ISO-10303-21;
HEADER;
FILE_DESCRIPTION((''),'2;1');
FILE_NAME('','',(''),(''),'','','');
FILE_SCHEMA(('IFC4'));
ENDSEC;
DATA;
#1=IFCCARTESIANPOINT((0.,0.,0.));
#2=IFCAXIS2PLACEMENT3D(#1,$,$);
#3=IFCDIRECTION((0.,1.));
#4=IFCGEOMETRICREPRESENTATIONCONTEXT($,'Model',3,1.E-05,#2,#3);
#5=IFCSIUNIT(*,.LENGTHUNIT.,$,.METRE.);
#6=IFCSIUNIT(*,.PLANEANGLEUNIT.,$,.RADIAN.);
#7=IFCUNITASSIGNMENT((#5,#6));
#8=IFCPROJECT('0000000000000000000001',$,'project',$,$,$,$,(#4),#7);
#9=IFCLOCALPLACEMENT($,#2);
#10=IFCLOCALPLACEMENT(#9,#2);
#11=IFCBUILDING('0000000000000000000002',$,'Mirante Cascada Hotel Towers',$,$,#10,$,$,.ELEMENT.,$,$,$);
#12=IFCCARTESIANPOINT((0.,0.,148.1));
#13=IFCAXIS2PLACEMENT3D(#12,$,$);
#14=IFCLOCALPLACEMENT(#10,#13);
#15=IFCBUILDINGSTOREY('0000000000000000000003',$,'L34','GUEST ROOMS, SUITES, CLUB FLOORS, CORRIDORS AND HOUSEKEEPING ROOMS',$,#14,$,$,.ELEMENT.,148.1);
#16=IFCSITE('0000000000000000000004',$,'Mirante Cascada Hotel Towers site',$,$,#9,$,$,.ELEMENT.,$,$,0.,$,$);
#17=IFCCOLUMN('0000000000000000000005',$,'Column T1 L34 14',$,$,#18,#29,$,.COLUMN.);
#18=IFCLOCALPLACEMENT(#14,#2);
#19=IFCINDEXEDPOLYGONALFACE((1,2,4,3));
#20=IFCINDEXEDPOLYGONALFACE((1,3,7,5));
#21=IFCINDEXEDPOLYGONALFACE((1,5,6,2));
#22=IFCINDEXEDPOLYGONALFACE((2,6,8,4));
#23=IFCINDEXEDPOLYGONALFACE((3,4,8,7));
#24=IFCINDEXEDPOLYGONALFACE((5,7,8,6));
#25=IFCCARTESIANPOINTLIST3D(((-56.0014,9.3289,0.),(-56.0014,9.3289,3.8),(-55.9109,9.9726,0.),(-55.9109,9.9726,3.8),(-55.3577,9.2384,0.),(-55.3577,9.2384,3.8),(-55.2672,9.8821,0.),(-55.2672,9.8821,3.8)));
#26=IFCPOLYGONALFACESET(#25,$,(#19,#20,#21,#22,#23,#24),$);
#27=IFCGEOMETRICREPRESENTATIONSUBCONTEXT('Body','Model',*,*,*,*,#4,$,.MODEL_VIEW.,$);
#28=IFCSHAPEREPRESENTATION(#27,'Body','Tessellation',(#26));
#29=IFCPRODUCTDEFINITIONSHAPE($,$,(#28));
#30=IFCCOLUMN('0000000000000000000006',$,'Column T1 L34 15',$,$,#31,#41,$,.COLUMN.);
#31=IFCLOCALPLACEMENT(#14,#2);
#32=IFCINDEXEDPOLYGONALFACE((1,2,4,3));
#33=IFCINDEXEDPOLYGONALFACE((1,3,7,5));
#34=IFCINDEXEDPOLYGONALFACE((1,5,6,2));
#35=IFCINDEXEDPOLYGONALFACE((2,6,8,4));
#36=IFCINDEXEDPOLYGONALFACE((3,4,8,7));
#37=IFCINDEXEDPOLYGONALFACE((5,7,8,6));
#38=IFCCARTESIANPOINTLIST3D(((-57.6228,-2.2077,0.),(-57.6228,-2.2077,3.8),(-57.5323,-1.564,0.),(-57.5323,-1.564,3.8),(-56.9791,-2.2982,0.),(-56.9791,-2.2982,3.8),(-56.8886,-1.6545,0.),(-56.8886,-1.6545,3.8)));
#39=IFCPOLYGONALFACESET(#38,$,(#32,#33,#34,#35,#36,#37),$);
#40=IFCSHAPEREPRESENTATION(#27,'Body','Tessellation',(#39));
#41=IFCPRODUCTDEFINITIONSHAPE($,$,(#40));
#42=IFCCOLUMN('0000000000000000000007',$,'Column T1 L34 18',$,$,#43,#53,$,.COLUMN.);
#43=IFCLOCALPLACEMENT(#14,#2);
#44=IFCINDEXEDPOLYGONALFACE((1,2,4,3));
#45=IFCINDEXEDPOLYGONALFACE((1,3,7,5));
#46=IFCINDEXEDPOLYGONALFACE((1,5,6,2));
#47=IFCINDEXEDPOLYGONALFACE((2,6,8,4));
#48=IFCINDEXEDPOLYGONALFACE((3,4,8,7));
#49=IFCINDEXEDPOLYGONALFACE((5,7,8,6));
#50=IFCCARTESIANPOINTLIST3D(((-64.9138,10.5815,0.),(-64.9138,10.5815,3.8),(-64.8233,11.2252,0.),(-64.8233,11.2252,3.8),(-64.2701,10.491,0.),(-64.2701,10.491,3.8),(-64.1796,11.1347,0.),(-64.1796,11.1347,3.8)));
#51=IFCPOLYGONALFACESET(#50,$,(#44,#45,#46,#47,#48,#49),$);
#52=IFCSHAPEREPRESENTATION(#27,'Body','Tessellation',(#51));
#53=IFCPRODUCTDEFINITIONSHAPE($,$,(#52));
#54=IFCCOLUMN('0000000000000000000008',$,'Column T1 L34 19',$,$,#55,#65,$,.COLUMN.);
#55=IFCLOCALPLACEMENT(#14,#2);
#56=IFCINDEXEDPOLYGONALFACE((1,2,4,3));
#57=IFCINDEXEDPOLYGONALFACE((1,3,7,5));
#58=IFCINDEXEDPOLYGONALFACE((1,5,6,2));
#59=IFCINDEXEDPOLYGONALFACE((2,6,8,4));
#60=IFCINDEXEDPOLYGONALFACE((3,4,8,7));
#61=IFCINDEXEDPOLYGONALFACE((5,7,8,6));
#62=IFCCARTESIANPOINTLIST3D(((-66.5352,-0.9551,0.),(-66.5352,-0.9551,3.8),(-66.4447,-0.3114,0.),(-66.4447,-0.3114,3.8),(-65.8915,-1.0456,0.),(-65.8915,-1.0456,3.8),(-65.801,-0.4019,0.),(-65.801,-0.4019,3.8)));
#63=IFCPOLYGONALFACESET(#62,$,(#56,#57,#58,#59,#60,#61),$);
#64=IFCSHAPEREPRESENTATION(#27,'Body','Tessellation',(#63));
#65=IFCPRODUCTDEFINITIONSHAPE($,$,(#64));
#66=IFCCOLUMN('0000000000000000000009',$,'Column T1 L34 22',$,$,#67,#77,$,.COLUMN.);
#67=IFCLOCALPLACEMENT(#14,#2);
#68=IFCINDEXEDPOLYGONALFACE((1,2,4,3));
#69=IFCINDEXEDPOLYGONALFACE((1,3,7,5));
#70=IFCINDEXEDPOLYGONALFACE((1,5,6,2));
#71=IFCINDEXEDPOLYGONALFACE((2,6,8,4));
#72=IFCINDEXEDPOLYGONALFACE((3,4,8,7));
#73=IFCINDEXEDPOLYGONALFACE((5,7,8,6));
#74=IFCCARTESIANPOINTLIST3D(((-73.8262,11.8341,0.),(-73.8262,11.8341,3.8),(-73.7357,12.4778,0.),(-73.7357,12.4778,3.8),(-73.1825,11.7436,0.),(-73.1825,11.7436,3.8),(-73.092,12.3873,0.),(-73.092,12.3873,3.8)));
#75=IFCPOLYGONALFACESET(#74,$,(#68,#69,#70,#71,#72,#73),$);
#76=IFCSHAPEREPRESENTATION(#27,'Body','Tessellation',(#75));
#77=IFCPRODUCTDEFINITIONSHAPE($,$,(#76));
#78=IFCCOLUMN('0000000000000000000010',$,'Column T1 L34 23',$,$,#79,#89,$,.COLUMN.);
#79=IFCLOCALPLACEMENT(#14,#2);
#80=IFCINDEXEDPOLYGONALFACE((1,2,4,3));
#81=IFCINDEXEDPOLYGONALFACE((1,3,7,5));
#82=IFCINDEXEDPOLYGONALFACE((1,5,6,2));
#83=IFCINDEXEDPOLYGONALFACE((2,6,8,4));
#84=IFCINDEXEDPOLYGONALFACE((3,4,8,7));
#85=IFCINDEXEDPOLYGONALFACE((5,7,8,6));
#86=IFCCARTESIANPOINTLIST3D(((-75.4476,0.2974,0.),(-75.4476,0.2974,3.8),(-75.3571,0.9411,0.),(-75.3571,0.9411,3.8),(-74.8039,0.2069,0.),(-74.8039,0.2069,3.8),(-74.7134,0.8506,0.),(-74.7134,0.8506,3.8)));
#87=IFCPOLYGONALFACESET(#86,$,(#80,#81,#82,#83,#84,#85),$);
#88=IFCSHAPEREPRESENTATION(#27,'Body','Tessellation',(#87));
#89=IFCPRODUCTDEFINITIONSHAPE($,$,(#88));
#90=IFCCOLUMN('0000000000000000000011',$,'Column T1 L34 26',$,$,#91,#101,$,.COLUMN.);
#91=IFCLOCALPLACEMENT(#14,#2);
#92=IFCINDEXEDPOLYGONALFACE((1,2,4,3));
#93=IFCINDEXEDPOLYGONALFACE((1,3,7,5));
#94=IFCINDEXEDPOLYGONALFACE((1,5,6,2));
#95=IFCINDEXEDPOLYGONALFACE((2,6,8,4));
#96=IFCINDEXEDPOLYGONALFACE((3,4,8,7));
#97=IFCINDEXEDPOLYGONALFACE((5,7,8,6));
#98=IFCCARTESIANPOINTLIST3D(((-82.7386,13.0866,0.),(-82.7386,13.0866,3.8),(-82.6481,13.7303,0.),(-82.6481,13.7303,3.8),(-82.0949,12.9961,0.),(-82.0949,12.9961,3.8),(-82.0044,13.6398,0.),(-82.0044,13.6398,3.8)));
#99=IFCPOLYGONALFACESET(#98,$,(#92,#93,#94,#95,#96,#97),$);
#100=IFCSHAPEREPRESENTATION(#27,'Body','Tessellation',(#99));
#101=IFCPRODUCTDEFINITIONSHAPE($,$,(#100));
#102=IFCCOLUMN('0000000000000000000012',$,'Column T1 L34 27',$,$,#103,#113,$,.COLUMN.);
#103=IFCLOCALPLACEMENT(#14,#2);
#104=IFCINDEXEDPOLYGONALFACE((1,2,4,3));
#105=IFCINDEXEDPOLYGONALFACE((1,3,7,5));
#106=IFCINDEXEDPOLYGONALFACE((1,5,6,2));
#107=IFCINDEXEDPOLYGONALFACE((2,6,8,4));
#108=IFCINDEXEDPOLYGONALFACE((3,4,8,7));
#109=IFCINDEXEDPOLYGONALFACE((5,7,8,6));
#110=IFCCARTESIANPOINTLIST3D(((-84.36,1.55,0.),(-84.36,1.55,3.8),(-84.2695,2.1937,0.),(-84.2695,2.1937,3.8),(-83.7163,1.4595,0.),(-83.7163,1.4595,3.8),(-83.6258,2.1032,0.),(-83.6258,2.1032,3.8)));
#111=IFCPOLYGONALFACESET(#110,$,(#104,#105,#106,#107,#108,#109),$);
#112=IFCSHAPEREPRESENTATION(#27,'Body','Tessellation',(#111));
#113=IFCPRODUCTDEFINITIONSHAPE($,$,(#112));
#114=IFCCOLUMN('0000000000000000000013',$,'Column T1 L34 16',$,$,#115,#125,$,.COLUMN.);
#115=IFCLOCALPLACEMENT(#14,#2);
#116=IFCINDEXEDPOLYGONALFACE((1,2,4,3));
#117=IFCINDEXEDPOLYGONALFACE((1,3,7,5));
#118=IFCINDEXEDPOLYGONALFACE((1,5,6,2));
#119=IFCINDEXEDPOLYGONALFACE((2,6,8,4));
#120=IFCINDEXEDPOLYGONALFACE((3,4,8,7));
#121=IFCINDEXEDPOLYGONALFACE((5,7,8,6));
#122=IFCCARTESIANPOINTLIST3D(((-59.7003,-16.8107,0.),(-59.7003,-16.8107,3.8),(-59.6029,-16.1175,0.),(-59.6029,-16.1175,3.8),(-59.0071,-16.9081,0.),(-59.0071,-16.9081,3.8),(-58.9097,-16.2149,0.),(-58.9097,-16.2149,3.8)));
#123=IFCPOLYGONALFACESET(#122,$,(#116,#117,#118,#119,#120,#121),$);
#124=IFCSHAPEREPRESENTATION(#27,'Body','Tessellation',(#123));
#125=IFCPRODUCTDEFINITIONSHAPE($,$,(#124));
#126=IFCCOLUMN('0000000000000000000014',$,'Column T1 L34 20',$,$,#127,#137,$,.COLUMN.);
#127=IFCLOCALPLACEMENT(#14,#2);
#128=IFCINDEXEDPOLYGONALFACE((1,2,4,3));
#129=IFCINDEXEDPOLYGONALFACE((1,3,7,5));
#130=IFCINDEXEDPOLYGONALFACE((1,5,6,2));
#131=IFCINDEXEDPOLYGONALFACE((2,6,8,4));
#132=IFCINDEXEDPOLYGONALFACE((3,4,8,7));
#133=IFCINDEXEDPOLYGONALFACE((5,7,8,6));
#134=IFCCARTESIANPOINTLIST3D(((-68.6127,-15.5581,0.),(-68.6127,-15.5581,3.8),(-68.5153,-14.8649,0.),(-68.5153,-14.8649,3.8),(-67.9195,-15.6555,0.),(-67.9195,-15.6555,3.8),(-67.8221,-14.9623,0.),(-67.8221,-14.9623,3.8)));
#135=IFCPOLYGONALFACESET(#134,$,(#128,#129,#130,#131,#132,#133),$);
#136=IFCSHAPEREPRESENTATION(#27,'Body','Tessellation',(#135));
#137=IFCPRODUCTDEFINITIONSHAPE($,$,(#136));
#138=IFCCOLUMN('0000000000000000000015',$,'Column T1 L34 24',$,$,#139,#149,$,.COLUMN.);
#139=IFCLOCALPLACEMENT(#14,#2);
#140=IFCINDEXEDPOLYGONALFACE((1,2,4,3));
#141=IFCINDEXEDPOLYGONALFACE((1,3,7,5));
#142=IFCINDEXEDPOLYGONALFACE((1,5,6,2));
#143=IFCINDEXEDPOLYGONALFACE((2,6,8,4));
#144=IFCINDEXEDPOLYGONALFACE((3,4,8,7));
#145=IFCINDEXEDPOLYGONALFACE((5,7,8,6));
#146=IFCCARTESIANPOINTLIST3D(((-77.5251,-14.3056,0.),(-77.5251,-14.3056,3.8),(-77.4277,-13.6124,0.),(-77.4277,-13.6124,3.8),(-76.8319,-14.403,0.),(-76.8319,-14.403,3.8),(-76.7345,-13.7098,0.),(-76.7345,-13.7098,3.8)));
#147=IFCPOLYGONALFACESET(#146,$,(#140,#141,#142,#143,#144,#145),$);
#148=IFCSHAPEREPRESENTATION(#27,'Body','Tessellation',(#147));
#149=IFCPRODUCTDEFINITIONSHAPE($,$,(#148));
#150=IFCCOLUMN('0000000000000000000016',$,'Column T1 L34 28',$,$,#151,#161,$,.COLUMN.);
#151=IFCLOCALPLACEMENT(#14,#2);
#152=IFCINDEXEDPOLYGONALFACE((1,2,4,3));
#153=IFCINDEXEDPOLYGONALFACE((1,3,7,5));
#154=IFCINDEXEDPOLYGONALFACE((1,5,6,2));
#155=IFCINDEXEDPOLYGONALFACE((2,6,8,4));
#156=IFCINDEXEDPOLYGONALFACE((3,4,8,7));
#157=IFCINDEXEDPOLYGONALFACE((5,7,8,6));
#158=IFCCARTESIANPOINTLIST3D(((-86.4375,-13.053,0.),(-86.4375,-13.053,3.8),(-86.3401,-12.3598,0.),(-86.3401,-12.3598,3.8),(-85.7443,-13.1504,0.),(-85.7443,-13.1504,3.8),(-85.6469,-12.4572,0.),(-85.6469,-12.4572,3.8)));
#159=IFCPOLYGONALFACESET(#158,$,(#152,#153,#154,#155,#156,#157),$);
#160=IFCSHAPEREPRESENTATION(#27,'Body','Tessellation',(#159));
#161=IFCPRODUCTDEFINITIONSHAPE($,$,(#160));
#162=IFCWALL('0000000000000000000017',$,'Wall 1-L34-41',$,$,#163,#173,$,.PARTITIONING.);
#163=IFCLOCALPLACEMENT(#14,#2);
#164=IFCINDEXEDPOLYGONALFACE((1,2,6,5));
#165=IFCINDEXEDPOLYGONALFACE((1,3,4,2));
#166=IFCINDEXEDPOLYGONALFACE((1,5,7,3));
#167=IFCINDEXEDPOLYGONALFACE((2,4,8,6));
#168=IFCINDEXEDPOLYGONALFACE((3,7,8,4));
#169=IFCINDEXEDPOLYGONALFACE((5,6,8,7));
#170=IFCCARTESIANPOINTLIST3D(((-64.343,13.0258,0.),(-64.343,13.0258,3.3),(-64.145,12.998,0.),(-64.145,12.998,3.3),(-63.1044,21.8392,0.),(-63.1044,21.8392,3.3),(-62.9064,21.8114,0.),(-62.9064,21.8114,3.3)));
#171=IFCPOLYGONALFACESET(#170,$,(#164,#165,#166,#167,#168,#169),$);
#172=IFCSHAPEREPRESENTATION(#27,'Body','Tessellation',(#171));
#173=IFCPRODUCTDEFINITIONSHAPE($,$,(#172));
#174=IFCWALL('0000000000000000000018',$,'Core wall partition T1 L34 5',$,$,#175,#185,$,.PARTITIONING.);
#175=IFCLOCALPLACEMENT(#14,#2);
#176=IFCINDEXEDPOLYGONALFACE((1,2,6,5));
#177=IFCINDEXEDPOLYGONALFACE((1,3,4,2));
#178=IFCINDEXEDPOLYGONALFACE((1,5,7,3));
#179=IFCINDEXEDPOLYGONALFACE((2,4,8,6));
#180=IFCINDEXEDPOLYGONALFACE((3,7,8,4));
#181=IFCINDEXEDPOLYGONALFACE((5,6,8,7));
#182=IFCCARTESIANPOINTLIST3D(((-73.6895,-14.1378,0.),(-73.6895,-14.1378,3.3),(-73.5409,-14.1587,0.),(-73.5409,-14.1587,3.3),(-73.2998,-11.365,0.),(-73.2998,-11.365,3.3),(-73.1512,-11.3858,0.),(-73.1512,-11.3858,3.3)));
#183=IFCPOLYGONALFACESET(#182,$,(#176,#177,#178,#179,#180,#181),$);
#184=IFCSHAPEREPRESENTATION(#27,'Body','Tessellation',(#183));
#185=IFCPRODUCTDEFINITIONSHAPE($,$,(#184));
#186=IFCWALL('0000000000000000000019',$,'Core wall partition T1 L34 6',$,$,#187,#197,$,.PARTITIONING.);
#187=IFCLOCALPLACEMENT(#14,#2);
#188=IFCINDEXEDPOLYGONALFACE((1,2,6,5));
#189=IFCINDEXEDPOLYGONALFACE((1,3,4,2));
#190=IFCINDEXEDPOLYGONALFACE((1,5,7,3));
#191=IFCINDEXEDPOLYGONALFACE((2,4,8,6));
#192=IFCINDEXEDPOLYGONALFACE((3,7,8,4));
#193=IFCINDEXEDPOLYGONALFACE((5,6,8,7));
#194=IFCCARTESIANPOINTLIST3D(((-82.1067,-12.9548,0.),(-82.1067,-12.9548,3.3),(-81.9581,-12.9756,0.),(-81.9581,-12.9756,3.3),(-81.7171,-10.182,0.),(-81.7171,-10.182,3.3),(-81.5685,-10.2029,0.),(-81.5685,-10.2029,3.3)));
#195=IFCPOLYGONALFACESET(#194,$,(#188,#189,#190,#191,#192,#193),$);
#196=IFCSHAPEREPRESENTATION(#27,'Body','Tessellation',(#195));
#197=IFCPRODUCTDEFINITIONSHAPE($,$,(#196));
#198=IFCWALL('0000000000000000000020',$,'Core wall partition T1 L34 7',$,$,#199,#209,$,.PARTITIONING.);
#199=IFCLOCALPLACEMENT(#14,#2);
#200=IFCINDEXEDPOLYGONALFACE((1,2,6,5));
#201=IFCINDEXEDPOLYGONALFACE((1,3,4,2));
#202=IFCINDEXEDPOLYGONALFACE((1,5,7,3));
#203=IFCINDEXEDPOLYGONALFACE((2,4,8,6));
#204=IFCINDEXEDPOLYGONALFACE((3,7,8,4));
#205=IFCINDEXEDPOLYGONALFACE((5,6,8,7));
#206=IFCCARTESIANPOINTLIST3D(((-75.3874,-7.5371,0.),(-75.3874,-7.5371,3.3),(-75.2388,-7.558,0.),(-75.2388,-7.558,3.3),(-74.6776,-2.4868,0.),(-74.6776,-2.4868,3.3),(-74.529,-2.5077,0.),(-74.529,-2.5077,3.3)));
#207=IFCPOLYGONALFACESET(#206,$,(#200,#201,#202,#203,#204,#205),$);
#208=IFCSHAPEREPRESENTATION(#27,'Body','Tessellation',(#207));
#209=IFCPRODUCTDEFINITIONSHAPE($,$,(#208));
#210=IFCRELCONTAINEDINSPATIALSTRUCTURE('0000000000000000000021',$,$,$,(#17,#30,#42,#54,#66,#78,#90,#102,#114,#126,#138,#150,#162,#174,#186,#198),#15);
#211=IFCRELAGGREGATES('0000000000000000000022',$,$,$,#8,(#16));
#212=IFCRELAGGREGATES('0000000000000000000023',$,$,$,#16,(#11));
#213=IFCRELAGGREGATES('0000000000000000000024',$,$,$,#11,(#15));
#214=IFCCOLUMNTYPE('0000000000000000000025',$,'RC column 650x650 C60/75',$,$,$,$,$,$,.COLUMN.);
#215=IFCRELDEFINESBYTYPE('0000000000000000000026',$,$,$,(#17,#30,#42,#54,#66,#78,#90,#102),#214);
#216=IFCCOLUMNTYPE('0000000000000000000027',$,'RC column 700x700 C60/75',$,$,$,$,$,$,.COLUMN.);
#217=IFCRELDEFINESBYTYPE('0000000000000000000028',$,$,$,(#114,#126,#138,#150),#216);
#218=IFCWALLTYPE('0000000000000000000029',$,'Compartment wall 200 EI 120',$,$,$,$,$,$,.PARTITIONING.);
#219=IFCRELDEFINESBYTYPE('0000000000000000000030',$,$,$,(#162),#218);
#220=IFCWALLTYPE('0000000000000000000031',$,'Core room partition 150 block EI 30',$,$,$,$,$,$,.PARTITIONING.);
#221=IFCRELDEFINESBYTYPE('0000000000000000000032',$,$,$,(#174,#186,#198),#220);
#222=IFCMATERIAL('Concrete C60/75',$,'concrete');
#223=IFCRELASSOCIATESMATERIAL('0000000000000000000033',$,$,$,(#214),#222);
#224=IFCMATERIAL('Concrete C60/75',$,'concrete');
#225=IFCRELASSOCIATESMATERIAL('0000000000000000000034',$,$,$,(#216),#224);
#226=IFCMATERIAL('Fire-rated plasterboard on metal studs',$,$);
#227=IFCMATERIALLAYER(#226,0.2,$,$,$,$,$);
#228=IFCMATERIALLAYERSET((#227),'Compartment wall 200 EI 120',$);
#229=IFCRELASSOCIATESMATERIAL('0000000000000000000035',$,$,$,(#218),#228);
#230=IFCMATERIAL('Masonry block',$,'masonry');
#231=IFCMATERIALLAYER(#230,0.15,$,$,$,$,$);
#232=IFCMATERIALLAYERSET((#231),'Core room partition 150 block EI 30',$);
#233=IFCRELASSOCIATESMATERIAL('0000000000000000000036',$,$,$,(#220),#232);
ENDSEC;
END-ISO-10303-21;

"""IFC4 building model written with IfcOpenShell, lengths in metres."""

from ifc_helpers import new_model, si_unit, direction, frame, frame_2d, origin, origin_2d, place, context, subcontext, project, spatial, rectangle, extrude, material, layer, layer_set, material_profile, profile_set, type_object, element, save


model = new_model("IFC4")

# Units and contexts
model_context = context("Model", 3, precision=1e-05, world=origin(), true_north=direction((0.0, 1.0)))
body_context = subcontext(model_context, "Body", "Model", "MODEL_VIEW")
ifc_project = project(units=[si_unit("LENGTHUNIT", "METRE"), si_unit("PLANEANGLEUNIT", "RADIAN")], contexts=[model_context])

# Site, building, storey
site_placement = place(None, origin())
site = spatial("IfcSite", under=ifc_project, at=site_placement, Name="Mirante Cascada Hotel Towers site", CompositionType="ELEMENT", RefElevation=0.0)
building_placement = place(site_placement, origin())
building = spatial("IfcBuilding", under=site, at=building_placement, Name="Mirante Cascada Hotel Towers", CompositionType="ELEMENT")
storey_placement = place(building_placement, frame((0.0, 0.0, 148.1)))
storey = spatial("IfcBuildingStorey", under=building, at=storey_placement, Name="L34", Description="GUEST ROOMS, SUITES, CLUB FLOORS, CORRIDORS AND HOUSEKEEPING ROOMS", CompositionType="ELEMENT", Elevation=148.1)

# Columns
ifc_material_1 = material(Name="Concrete C60/75", Category="concrete")
ifc_material_profile_1 = material_profile(ifc_material_1, rectangle(XDim=0.65, YDim=0.65, at=origin_2d()), Name="RC column 650x650 C60/75")
ifc_profile_set_1 = profile_set([ifc_material_profile_1], Name="Concrete C60/75")
column_type_1 = type_object("IfcColumnType", Name="RC column 650x650 C60/75", PredefinedType="COLUMN", material=ifc_profile_set_1)
for number, where, z_axis, x_axis, name in (
    (1, (-55.6343, 9.6055, 0.0), (0.0, 0.0, 1.0), (-0.990268, 0.139173, 0.0), "Column T1 L34 14"),
    (2, (-57.2557, -1.9311, 0.0), (0.0, 0.0, 1.0), (-0.990268, 0.139173, 0.0), "Column T1 L34 15"),
    (3, (-64.5467, 10.8581, 0.0), (0.0, 0.0, 1.0), (-0.990268, 0.139173, 0.0), "Column T1 L34 18"),
    (4, (-66.1681, -0.6785, 0.0), (0.0, 0.0, 1.0), (-0.990268, 0.139173, 0.0), "Column T1 L34 19"),
    (5, (-73.4591, 12.1107, 0.0), (0.0, 0.0, 1.0), (-0.990268, 0.139173, 0.0), "Column T1 L34 22"),
    (6, (-75.0805, 0.574, 0.0), (0.0, 0.0, 1.0), (-0.990268, 0.139173, 0.0), "Column T1 L34 23"),
    (7, (-82.3715, 13.3632, 0.0), (0.0, 0.0, 1.0), (-0.990268, 0.139173, 0.0), "Column T1 L34 26"),
    (8, (-83.9929, 1.8266, 0.0), (0.0, 0.0, 1.0), (-0.990268, 0.139173, 0.0), "Column T1 L34 27"),
):
    element("IfcColumn", number, at=place(storey_placement, frame(where, z_axis=z_axis, x_axis=x_axis)), inside=storey, type_object=column_type_1, Name=name, PredefinedType="COLUMN", context=body_context, shape_type="SweptSolid", body=[
        extrude(rectangle(XDim=0.65, YDim=0.65, at=origin_2d()), origin(), (0.0, 0.0, 1.0), 3.8),
    ])
ifc_material_2 = material(Name="Concrete C60/75", Category="concrete")
ifc_material_profile_2 = material_profile(ifc_material_2, rectangle(XDim=0.7, YDim=0.7, at=origin_2d()), Name="RC column 700x700 C60/75")
ifc_profile_set_2 = profile_set([ifc_material_profile_2], Name="Concrete C60/75")
column_type_2 = type_object("IfcColumnType", Name="RC column 700x700 C60/75", PredefinedType="COLUMN", material=ifc_profile_set_2)
for number, where, z_axis, x_axis, name in (
    (9, (-59.305, -16.5128, 0.0), (0.0, 0.0, 1.0), (-0.990268, 0.139173, 0.0), "Column T1 L34 16"),
    (10, (-68.2174, -15.2602, 0.0), (0.0, 0.0, 1.0), (-0.990268, 0.139173, 0.0), "Column T1 L34 20"),
    (11, (-77.1298, -14.0077, 0.0), (0.0, 0.0, 1.0), (-0.990268, 0.139173, 0.0), "Column T1 L34 24"),
    (12, (-86.0422, -12.7551, 0.0), (0.0, 0.0, 1.0), (-0.990268, 0.139173, 0.0), "Column T1 L34 28"),
):
    element("IfcColumn", number, at=place(storey_placement, frame(where, z_axis=z_axis, x_axis=x_axis)), inside=storey, type_object=column_type_2, Name=name, PredefinedType="COLUMN", context=body_context, shape_type="SweptSolid", body=[
        extrude(rectangle(XDim=0.7, YDim=0.7, at=origin_2d()), origin(), (0.0, 0.0, 1.0), 3.8),
    ])

# Walls
ifc_material_3 = material(Name="Fire-rated plasterboard on metal studs")
ifc_layer_1 = layer(ifc_material_3, 0.2)
ifc_layer_set_1 = layer_set([ifc_layer_1], Name="Compartment wall 200 EI 120")
wall_type_1 = type_object("IfcWallType", Name="Compartment wall 200 EI 120", PredefinedType="PARTITIONING", material=ifc_layer_set_1)
wall_1_placement = place(storey_placement, frame((-64.244, 13.0119, 0.0), z_axis=(0.0, 0.0, 1.0), x_axis=(0.139168, 0.990269, 0.0)))
element("IfcWall", 13, at=wall_1_placement, inside=storey, type_object=wall_type_1, Name="Wall 1-L34-41", PredefinedType="PARTITIONING", context=body_context, shape_type="SweptSolid", body=[
    extrude(rectangle(XDim=8.9, YDim=0.2, at=frame_2d((4.45, 0.0))), origin(), (0.0, 0.0, 1.0), 3.3),
])
ifc_material_4 = material(Name="Masonry block", Category="masonry")
ifc_layer_2 = layer(ifc_material_4, 0.15)
ifc_layer_set_2 = layer_set([ifc_layer_2], Name="Core room partition 150 block EI 30")
wall_type_2 = type_object("IfcWallType", Name="Core room partition 150 block EI 30", PredefinedType="PARTITIONING", material=ifc_layer_set_2)
wall_2_placement = place(storey_placement, frame((-73.6152, -14.1482, 0.0), z_axis=(0.0, 0.0, 1.0), x_axis=(0.139176, 0.990268, 0.0)))
element("IfcWall", 14, at=wall_2_placement, inside=storey, type_object=wall_type_2, Name="Core wall partition T1 L34 5", PredefinedType="PARTITIONING", context=body_context, shape_type="SweptSolid", body=[
    extrude(rectangle(XDim=2.8001, YDim=0.15, at=frame_2d((1.4, 0.0))), origin(), (0.0, 0.0, 1.0), 3.3),
])
wall_3_placement = place(storey_placement, frame((-82.0324, -12.9652, 0.0), z_axis=(0.0, 0.0, 1.0), x_axis=(0.139141, 0.990273, 0.0)))
element("IfcWall", 15, at=wall_3_placement, inside=storey, type_object=wall_type_2, Name="Core wall partition T1 L34 6", PredefinedType="PARTITIONING", context=body_context, shape_type="SweptSolid", body=[
    extrude(rectangle(XDim=2.8, YDim=0.15, at=frame_2d((1.4, 0.0))), origin(), (0.0, 0.0, 1.0), 3.3),
])
wall_4_placement = place(storey_placement, frame((-75.3131, -7.5476, 0.0), z_axis=(0.0, 0.0, 1.0), x_axis=(0.139178, 0.990267, 0.0)))
element("IfcWall", 16, at=wall_4_placement, inside=storey, type_object=wall_type_2, Name="Core wall partition T1 L34 7", PredefinedType="PARTITIONING", context=body_context, shape_type="SweptSolid", body=[
    extrude(rectangle(XDim=5.0999, YDim=0.15, at=frame_2d((2.55, 0.0))), origin(), (0.0, 0.0, 1.0), 3.3),
])

save(model, "model.ifc")
